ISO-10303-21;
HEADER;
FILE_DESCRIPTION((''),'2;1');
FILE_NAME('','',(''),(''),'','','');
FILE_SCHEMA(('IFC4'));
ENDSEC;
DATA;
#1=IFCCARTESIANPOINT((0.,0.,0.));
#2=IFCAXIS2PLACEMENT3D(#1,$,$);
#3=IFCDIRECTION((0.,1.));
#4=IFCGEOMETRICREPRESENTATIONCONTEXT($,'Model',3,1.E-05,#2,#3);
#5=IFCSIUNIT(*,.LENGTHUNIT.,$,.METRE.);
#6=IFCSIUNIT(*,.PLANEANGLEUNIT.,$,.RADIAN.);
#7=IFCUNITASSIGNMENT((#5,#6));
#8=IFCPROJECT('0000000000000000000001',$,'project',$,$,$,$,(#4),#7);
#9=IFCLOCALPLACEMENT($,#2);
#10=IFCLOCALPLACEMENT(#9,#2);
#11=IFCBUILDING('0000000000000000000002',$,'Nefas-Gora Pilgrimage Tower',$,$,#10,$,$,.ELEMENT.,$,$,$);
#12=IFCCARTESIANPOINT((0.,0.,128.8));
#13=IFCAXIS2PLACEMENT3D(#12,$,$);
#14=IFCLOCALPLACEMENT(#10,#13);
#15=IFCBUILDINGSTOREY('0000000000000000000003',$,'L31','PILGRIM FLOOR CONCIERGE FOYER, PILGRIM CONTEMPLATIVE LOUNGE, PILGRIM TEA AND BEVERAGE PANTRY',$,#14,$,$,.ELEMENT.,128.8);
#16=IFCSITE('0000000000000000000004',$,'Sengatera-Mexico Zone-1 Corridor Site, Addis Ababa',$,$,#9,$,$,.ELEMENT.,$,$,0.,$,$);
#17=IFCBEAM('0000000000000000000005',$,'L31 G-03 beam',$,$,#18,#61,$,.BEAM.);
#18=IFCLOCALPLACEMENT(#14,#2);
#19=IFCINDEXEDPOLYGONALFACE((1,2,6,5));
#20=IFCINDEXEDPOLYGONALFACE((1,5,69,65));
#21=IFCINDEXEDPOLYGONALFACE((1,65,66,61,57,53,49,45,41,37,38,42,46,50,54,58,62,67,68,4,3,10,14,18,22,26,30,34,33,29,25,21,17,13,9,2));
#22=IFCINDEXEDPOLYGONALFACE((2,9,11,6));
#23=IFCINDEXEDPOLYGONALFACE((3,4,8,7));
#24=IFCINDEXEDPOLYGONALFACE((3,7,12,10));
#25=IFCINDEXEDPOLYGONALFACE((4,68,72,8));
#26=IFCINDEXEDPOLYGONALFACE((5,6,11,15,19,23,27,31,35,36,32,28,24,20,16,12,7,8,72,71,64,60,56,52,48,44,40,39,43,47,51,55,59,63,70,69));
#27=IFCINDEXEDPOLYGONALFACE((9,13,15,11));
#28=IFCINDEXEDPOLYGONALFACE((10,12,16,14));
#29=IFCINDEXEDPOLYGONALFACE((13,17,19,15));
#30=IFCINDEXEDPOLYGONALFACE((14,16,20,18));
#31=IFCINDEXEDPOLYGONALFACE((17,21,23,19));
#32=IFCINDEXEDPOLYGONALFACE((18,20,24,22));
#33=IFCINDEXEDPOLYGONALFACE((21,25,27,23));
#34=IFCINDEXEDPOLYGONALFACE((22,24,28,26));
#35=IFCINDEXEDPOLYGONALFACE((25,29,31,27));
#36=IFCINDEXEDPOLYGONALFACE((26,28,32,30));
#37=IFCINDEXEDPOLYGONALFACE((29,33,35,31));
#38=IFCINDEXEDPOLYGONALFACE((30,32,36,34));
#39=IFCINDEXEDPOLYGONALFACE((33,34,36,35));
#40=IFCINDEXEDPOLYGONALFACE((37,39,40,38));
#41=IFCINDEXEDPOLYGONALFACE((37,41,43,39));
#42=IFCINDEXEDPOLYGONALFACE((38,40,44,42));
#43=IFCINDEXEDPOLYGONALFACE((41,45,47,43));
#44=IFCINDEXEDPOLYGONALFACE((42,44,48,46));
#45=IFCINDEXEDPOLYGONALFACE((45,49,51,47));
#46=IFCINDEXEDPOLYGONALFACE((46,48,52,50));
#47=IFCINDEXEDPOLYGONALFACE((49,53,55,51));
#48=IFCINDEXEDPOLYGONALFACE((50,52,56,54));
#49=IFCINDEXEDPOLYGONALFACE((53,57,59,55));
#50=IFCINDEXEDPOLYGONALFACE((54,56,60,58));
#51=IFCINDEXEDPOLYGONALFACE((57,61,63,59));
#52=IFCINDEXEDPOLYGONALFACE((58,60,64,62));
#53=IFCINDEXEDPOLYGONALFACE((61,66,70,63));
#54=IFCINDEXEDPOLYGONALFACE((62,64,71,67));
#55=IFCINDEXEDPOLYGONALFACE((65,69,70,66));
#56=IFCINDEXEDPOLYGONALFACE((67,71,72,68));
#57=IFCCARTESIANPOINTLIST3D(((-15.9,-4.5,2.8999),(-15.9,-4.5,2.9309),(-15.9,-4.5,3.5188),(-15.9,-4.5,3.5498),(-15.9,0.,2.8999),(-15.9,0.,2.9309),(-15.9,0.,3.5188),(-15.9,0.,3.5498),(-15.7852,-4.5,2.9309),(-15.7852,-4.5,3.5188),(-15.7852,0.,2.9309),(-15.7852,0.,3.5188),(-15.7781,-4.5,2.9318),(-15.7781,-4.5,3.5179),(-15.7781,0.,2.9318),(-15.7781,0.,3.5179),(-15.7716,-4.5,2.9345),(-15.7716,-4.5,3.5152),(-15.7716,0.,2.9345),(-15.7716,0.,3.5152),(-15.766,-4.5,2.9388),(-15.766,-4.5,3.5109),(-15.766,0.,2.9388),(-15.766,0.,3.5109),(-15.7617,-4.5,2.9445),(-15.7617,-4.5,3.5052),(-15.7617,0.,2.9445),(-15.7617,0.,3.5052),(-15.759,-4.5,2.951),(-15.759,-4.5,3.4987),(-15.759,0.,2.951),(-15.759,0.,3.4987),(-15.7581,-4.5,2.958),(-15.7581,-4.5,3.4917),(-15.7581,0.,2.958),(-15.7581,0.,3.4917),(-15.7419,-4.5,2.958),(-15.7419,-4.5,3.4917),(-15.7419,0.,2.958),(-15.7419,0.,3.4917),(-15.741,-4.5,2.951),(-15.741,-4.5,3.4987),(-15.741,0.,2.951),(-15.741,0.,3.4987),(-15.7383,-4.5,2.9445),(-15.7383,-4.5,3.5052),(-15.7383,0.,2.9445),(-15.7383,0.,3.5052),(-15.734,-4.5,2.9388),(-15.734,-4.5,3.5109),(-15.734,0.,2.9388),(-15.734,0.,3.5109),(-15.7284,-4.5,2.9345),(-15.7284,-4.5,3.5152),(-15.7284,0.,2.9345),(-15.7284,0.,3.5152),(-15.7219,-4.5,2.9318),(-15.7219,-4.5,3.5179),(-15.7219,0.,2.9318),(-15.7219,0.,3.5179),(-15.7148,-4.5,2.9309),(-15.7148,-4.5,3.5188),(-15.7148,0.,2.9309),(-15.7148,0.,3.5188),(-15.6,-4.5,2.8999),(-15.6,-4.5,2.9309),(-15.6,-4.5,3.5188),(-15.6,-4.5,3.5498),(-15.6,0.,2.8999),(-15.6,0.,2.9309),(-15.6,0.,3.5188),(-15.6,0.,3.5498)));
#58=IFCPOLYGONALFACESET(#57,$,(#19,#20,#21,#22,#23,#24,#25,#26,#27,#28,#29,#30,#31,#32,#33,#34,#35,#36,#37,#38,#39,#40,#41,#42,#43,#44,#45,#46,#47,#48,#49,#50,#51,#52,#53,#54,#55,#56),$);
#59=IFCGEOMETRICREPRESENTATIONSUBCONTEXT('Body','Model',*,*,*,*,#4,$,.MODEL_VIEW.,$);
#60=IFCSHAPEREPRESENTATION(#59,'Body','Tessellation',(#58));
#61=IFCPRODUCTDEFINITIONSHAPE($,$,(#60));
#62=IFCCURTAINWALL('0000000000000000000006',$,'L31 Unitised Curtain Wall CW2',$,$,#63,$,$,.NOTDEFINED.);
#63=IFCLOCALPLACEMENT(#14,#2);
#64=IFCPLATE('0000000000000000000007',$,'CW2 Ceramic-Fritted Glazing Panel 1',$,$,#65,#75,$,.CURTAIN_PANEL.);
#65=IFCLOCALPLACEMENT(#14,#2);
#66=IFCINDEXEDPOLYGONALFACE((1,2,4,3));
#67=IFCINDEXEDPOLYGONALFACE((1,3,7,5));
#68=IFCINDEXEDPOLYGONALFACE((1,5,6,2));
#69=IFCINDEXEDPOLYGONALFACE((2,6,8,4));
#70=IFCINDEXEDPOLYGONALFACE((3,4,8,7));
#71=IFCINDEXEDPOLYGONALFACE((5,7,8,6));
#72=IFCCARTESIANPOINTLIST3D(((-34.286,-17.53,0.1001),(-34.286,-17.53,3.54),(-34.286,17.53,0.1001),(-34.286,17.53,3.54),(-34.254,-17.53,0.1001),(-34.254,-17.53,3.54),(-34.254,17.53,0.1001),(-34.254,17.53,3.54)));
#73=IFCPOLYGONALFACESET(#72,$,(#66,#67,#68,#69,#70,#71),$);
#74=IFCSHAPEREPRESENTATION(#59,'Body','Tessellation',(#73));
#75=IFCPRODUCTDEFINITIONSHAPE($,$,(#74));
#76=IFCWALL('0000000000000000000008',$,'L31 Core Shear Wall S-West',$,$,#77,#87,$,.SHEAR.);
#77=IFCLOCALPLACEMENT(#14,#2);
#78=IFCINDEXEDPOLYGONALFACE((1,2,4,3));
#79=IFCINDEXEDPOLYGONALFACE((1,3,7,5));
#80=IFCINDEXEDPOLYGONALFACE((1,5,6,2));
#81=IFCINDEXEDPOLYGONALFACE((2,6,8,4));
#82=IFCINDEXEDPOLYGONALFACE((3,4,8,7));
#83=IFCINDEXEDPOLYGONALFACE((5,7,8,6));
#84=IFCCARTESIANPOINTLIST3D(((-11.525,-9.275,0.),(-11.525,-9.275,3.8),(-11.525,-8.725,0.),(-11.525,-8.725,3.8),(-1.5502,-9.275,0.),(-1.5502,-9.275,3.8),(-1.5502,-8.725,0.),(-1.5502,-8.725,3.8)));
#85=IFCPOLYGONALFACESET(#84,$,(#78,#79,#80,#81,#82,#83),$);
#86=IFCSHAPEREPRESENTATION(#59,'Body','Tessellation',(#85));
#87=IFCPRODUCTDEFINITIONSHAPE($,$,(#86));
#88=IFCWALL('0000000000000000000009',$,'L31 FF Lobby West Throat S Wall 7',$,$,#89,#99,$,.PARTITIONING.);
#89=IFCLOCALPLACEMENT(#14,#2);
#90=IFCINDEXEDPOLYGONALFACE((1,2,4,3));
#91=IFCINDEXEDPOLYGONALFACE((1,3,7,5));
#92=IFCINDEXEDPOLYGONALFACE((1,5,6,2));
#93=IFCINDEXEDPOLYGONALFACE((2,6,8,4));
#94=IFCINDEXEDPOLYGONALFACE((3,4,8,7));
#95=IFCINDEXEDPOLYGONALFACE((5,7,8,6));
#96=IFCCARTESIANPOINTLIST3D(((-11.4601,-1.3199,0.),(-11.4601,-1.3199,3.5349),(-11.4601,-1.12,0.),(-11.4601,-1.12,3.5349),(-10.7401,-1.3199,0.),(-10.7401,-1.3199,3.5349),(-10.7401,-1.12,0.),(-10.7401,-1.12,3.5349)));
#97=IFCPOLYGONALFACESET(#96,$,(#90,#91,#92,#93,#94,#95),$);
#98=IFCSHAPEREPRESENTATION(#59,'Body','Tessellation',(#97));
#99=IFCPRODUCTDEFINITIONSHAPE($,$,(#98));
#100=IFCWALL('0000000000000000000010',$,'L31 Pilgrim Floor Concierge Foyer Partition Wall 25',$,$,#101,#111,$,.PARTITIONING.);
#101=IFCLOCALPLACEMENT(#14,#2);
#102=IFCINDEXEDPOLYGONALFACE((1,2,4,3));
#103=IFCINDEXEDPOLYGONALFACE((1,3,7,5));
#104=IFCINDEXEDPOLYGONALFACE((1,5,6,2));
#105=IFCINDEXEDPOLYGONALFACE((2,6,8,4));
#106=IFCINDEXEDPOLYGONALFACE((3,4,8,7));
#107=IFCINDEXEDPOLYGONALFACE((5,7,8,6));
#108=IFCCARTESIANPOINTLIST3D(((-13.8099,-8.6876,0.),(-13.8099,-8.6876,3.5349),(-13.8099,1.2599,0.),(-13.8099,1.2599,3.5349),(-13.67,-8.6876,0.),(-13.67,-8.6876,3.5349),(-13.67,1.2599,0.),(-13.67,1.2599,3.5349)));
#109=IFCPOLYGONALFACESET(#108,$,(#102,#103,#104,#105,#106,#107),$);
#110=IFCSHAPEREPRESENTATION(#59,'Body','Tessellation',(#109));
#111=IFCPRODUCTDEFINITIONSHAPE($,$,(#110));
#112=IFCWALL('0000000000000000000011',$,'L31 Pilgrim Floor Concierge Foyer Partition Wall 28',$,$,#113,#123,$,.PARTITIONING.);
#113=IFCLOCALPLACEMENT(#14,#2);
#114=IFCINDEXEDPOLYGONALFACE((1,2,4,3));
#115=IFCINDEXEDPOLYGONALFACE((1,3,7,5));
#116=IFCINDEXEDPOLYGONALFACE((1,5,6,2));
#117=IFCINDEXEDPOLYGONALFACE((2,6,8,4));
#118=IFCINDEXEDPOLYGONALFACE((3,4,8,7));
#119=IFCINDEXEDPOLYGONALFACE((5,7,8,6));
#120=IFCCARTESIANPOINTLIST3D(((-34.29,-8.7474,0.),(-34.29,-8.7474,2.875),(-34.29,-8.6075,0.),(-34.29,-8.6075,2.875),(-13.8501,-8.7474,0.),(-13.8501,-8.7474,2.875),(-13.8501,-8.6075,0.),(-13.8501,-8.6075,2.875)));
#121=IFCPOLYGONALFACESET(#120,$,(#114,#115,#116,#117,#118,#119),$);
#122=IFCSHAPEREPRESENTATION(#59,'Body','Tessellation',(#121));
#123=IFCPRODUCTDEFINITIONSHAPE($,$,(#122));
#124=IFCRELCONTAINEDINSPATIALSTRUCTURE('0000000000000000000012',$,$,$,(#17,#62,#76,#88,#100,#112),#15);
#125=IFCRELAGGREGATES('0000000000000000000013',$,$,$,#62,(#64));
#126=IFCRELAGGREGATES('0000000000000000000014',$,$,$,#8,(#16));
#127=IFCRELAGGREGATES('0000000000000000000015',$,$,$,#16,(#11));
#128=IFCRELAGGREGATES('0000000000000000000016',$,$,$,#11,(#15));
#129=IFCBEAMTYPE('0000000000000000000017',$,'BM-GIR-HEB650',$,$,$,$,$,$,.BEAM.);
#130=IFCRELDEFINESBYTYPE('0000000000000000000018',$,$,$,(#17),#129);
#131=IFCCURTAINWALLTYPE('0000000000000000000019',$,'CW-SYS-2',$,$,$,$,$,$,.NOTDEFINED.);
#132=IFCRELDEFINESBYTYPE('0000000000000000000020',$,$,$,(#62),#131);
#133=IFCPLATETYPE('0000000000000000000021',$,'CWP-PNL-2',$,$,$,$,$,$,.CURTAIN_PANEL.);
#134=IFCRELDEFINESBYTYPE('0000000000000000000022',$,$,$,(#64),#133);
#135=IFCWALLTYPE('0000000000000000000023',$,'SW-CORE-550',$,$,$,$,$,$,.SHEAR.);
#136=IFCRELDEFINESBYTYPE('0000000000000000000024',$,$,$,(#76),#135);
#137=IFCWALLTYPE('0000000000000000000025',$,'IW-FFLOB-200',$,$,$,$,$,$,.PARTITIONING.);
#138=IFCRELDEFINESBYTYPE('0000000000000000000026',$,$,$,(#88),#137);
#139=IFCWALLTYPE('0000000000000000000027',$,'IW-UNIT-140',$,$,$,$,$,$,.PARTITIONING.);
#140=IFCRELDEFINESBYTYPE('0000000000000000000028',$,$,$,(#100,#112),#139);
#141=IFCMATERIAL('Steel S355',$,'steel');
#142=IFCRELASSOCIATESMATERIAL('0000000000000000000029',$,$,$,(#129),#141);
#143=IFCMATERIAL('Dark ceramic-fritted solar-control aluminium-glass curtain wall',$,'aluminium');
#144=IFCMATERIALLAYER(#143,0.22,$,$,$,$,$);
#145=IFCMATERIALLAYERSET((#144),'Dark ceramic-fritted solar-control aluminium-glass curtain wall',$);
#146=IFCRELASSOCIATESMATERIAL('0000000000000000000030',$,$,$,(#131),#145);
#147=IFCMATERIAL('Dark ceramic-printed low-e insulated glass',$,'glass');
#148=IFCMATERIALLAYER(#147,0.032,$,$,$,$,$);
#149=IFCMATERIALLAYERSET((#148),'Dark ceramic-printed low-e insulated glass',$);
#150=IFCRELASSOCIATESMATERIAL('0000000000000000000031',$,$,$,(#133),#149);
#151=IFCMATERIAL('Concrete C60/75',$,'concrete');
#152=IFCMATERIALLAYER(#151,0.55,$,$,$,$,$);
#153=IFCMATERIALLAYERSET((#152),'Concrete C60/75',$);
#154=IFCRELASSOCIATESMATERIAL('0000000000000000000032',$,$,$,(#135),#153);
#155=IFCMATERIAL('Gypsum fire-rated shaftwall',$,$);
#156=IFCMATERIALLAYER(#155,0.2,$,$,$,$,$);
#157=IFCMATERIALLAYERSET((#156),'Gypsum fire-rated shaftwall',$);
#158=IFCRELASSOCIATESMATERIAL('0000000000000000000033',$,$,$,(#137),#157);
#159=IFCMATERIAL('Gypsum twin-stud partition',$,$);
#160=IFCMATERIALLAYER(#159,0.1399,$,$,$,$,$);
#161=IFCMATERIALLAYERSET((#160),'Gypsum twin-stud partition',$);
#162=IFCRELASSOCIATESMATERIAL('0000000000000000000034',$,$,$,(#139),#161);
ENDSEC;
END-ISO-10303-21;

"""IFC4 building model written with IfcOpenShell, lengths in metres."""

from ifc_helpers import new_model, si_unit, direction, frame, frame_2d, origin, origin_2d, place, context, subcontext, project, spatial, rectangle, i_section, extrude, source, transform, mapped, material, layer, layer_set, material_profile, profile_set, type_object, element, aggregate, save


model = new_model("IFC4")

# Units and contexts
model_context = context("Model", 3, precision=1e-05, world=origin(), true_north=direction((0.0, 1.0)))
body_context = subcontext(model_context, "Body", "Model", "MODEL_VIEW")
ifc_project = project(units=[si_unit("LENGTHUNIT", "METRE"), si_unit("PLANEANGLEUNIT", "RADIAN")], contexts=[model_context])

# Site, building, storey
site_placement = place(None, origin())
site = spatial("IfcSite", under=ifc_project, at=site_placement, Name="Sengatera-Mexico Zone-1 Corridor Site, Addis Ababa", CompositionType="ELEMENT", RefElevation=0.0)
building_placement = place(site_placement, origin())
building = spatial("IfcBuilding", under=site, at=building_placement, Name="Nefas-Gora Pilgrimage Tower", CompositionType="ELEMENT")
storey_placement = place(building_placement, frame((0.0, 0.0, 128.8)))
storey = spatial("IfcBuildingStorey", under=building, at=storey_placement, Name="L31", Description="PILGRIM FLOOR CONCIERGE FOYER, PILGRIM CONTEMPLATIVE LOUNGE, PILGRIM TEA AND BEVERAGE PANTRY", CompositionType="ELEMENT", Elevation=128.8)

# Beam
ifc_material_1 = material(Name="Steel S355", Category="steel")
ifc_material_profile_1 = material_profile(ifc_material_1, i_section(OverallWidth=0.3, OverallDepth=0.6499, WebThickness=0.0161, FlangeThickness=0.031, FilletRadius=0.0271, at=origin_2d()), Name="HEB 650")
ifc_profile_set_1 = profile_set([ifc_material_profile_1], Name="Steel S355")
beam_type_1 = type_object("IfcBeamType", Name="BM-GIR-HEB650", PredefinedType="BEAM", material=ifc_profile_set_1)
shared_shape_1 = source(origin(), body_context, "Body", "SweptSolid", [
    extrude(i_section(OverallWidth=0.3, OverallDepth=0.6499, WebThickness=0.0161, FlangeThickness=0.031, FilletRadius=0.0271, at=origin_2d()), origin(), (0.0, 0.0, 1.0), 4.5),
])
for number, where, z_axis, x_axis, name in (
    (1, (-15.75, -4.5, 3.2249), (0.0, 1.0, 0.0), (-1.0, 0.0, 0.0), "L31 G-03 beam"),
):
    element("IfcBeam", number, at=place(storey_placement, frame(where, z_axis=z_axis, x_axis=x_axis)), inside=storey, type_object=beam_type_1, Name=name, PredefinedType="BEAM", context=body_context, shape_type="MappedRepresentation", body=[
        mapped(shared_shape_1, transform((0.0, 0.0, 0.0), x_axis=(1.0, 0.0, 0.0), y_axis=(0.0, 1.0, 0.0), z_axis=(0.0, 0.0, 1.0), scale=1.0)),
    ])

# Curtain wall, plate
ifc_material_2 = material(Name="Dark ceramic-fritted solar-control aluminium-glass curtain wall", Category="aluminium")
ifc_layer_1 = layer(ifc_material_2, 0.22)
ifc_layer_set_1 = layer_set([ifc_layer_1], Name="Dark ceramic-fritted solar-control aluminium-glass curtain wall")
curtain_wall_type = type_object("IfcCurtainWallType", Name="CW-SYS-2", PredefinedType="NOTDEFINED", material=ifc_layer_set_1)
curtain_wall_placement = place(storey_placement, origin())
curtain_wall = element("IfcCurtainWall", 2, at=curtain_wall_placement, inside=storey, type_object=curtain_wall_type, Name="L31 Unitised Curtain Wall CW2", PredefinedType="NOTDEFINED")
ifc_material_3 = material(Name="Dark ceramic-printed low-e insulated glass", Category="glass")
ifc_layer_2 = layer(ifc_material_3, 0.032)
ifc_layer_set_2 = layer_set([ifc_layer_2], Name="Dark ceramic-printed low-e insulated glass")
plate_type = type_object("IfcPlateType", Name="CWP-PNL-2", PredefinedType="CURTAIN_PANEL", material=ifc_layer_set_2)
shared_shape_2 = source(origin(), body_context, "Body", "SweptSolid", [
    extrude(rectangle(XDim=35.0601, YDim=0.032, at=origin_2d()), origin(), (0.0, 0.0, 1.0), 3.4399),
])
plate_placement = place(storey_placement, frame((-34.27, 0.0, 0.1001), z_axis=(0.0, 0.0, 1.0), x_axis=(0.0, -1.0, 0.0)))
plate = element("IfcPlate", 3, at=plate_placement, type_object=plate_type, Name="CW2 Ceramic-Fritted Glazing Panel 1", PredefinedType="CURTAIN_PANEL", context=body_context, shape_type="MappedRepresentation", body=[
    mapped(shared_shape_2, transform((0.0, 0.0, 0.0), x_axis=(1.0, 0.0, 0.0), y_axis=(0.0, 1.0, 0.0), z_axis=(0.0, 0.0, 1.0), scale=1.0)),
])
aggregate(curtain_wall, [plate])

# Wall
ifc_material_4 = material(Name="Concrete C60/75", Category="concrete")
ifc_layer_3 = layer(ifc_material_4, 0.55)
ifc_layer_set_3 = layer_set([ifc_layer_3], Name="Concrete C60/75")
wall_type_1 = type_object("IfcWallType", Name="SW-CORE-550", PredefinedType="SHEAR", material=ifc_layer_set_3)
shared_shape_3 = source(origin(), body_context, "Body", "SweptSolid", [
    extrude(rectangle(XDim=9.9749, YDim=0.55, at=frame_2d((4.9873, 0.0))), origin(), (0.0, 0.0, 1.0), 3.8),
])
wall_1_placement = place(storey_placement, frame((-11.5249, -9.0, 0.0), z_axis=(0.0, 0.0, 1.0), x_axis=(1.0, 0.0, 0.0)))
element("IfcWall", 4, at=wall_1_placement, inside=storey, type_object=wall_type_1, Name="L31 Core Shear Wall S-West", PredefinedType="SHEAR", context=body_context, shape_type="MappedRepresentation", body=[
    mapped(shared_shape_3, transform((0.0, 0.0, 0.0), x_axis=(1.0, 0.0, 0.0), y_axis=(0.0, 1.0, 0.0), z_axis=(0.0, 0.0, 1.0), scale=1.0)),
])

# Shared definitions
ifc_material_5 = material(Name="Gypsum fire-rated shaftwall")
ifc_layer_4 = layer(ifc_material_5, 0.2)
ifc_layer_set_4 = layer_set([ifc_layer_4], Name="Gypsum fire-rated shaftwall")
wall_type_2 = type_object("IfcWallType", Name="IW-FFLOB-200", PredefinedType="PARTITIONING", material=ifc_layer_set_4)

# Walls
shared_shape_4 = source(origin(), body_context, "Body", "SweptSolid", [
    extrude(rectangle(XDim=0.72, YDim=0.2, at=frame_2d((0.3599, 0.0))), origin(), (0.0, 0.0, 1.0), 3.5349),
])
wall_2_placement = place(storey_placement, frame((-11.46, -1.22, 0.0), z_axis=(0.0, 0.0, 1.0), x_axis=(1.0, 0.0, 0.0)))
element("IfcWall", 5, at=wall_2_placement, inside=storey, type_object=wall_type_2, Name="L31 FF Lobby West Throat S Wall 7", PredefinedType="PARTITIONING", context=body_context, shape_type="MappedRepresentation", body=[
    mapped(shared_shape_4, transform((0.0, 0.0, 0.0), x_axis=(1.0, 0.0, 0.0), y_axis=(0.0, 1.0, 0.0), z_axis=(0.0, 0.0, 1.0), scale=1.0)),
])
ifc_material_6 = material(Name="Gypsum twin-stud partition")
ifc_layer_5 = layer(ifc_material_6, 0.1399)
ifc_layer_set_5 = layer_set([ifc_layer_5], Name="Gypsum twin-stud partition")
wall_type_3 = type_object("IfcWallType", Name="IW-UNIT-140", PredefinedType="PARTITIONING", material=ifc_layer_set_5)
shared_shape_5 = source(origin(), body_context, "Body", "SweptSolid", [
    extrude(rectangle(XDim=9.9475, YDim=0.1399, at=frame_2d((4.9736, 0.0))), origin(), (0.0, 0.0, 1.0), 3.5349),
])
wall_3_placement = place(storey_placement, frame((-13.74, -8.6875, 0.0), z_axis=(0.0, 0.0, 1.0), x_axis=(0.0, 1.0, 0.0)))
element("IfcWall", 6, at=wall_3_placement, inside=storey, type_object=wall_type_3, Name="L31 Pilgrim Floor Concierge Foyer Partition Wall 25", PredefinedType="PARTITIONING", context=body_context, shape_type="MappedRepresentation", body=[
    mapped(shared_shape_5, transform((0.0, 0.0, 0.0), x_axis=(1.0, 0.0, 0.0), y_axis=(0.0, 1.0, 0.0), z_axis=(0.0, 0.0, 1.0), scale=1.0)),
])
shared_shape_6 = source(origin(), body_context, "Body", "SweptSolid", [
    extrude(rectangle(XDim=20.4399, YDim=0.1399, at=frame_2d((10.22, 0.0))), origin(), (0.0, 0.0, 1.0), 2.875),
])
wall_4_placement = place(storey_placement, frame((-34.29, -8.6775, 0.0), z_axis=(0.0, 0.0, 1.0), x_axis=(1.0, 0.0, 0.0)))
element("IfcWall", 7, at=wall_4_placement, inside=storey, type_object=wall_type_3, Name="L31 Pilgrim Floor Concierge Foyer Partition Wall 28", PredefinedType="PARTITIONING", context=body_context, shape_type="MappedRepresentation", body=[
    mapped(shared_shape_6, transform((0.0, 0.0, 0.0), x_axis=(1.0, 0.0, 0.0), y_axis=(0.0, 1.0, 0.0), z_axis=(0.0, 0.0, 1.0), scale=1.0)),
])

save(model, "model.ifc")
